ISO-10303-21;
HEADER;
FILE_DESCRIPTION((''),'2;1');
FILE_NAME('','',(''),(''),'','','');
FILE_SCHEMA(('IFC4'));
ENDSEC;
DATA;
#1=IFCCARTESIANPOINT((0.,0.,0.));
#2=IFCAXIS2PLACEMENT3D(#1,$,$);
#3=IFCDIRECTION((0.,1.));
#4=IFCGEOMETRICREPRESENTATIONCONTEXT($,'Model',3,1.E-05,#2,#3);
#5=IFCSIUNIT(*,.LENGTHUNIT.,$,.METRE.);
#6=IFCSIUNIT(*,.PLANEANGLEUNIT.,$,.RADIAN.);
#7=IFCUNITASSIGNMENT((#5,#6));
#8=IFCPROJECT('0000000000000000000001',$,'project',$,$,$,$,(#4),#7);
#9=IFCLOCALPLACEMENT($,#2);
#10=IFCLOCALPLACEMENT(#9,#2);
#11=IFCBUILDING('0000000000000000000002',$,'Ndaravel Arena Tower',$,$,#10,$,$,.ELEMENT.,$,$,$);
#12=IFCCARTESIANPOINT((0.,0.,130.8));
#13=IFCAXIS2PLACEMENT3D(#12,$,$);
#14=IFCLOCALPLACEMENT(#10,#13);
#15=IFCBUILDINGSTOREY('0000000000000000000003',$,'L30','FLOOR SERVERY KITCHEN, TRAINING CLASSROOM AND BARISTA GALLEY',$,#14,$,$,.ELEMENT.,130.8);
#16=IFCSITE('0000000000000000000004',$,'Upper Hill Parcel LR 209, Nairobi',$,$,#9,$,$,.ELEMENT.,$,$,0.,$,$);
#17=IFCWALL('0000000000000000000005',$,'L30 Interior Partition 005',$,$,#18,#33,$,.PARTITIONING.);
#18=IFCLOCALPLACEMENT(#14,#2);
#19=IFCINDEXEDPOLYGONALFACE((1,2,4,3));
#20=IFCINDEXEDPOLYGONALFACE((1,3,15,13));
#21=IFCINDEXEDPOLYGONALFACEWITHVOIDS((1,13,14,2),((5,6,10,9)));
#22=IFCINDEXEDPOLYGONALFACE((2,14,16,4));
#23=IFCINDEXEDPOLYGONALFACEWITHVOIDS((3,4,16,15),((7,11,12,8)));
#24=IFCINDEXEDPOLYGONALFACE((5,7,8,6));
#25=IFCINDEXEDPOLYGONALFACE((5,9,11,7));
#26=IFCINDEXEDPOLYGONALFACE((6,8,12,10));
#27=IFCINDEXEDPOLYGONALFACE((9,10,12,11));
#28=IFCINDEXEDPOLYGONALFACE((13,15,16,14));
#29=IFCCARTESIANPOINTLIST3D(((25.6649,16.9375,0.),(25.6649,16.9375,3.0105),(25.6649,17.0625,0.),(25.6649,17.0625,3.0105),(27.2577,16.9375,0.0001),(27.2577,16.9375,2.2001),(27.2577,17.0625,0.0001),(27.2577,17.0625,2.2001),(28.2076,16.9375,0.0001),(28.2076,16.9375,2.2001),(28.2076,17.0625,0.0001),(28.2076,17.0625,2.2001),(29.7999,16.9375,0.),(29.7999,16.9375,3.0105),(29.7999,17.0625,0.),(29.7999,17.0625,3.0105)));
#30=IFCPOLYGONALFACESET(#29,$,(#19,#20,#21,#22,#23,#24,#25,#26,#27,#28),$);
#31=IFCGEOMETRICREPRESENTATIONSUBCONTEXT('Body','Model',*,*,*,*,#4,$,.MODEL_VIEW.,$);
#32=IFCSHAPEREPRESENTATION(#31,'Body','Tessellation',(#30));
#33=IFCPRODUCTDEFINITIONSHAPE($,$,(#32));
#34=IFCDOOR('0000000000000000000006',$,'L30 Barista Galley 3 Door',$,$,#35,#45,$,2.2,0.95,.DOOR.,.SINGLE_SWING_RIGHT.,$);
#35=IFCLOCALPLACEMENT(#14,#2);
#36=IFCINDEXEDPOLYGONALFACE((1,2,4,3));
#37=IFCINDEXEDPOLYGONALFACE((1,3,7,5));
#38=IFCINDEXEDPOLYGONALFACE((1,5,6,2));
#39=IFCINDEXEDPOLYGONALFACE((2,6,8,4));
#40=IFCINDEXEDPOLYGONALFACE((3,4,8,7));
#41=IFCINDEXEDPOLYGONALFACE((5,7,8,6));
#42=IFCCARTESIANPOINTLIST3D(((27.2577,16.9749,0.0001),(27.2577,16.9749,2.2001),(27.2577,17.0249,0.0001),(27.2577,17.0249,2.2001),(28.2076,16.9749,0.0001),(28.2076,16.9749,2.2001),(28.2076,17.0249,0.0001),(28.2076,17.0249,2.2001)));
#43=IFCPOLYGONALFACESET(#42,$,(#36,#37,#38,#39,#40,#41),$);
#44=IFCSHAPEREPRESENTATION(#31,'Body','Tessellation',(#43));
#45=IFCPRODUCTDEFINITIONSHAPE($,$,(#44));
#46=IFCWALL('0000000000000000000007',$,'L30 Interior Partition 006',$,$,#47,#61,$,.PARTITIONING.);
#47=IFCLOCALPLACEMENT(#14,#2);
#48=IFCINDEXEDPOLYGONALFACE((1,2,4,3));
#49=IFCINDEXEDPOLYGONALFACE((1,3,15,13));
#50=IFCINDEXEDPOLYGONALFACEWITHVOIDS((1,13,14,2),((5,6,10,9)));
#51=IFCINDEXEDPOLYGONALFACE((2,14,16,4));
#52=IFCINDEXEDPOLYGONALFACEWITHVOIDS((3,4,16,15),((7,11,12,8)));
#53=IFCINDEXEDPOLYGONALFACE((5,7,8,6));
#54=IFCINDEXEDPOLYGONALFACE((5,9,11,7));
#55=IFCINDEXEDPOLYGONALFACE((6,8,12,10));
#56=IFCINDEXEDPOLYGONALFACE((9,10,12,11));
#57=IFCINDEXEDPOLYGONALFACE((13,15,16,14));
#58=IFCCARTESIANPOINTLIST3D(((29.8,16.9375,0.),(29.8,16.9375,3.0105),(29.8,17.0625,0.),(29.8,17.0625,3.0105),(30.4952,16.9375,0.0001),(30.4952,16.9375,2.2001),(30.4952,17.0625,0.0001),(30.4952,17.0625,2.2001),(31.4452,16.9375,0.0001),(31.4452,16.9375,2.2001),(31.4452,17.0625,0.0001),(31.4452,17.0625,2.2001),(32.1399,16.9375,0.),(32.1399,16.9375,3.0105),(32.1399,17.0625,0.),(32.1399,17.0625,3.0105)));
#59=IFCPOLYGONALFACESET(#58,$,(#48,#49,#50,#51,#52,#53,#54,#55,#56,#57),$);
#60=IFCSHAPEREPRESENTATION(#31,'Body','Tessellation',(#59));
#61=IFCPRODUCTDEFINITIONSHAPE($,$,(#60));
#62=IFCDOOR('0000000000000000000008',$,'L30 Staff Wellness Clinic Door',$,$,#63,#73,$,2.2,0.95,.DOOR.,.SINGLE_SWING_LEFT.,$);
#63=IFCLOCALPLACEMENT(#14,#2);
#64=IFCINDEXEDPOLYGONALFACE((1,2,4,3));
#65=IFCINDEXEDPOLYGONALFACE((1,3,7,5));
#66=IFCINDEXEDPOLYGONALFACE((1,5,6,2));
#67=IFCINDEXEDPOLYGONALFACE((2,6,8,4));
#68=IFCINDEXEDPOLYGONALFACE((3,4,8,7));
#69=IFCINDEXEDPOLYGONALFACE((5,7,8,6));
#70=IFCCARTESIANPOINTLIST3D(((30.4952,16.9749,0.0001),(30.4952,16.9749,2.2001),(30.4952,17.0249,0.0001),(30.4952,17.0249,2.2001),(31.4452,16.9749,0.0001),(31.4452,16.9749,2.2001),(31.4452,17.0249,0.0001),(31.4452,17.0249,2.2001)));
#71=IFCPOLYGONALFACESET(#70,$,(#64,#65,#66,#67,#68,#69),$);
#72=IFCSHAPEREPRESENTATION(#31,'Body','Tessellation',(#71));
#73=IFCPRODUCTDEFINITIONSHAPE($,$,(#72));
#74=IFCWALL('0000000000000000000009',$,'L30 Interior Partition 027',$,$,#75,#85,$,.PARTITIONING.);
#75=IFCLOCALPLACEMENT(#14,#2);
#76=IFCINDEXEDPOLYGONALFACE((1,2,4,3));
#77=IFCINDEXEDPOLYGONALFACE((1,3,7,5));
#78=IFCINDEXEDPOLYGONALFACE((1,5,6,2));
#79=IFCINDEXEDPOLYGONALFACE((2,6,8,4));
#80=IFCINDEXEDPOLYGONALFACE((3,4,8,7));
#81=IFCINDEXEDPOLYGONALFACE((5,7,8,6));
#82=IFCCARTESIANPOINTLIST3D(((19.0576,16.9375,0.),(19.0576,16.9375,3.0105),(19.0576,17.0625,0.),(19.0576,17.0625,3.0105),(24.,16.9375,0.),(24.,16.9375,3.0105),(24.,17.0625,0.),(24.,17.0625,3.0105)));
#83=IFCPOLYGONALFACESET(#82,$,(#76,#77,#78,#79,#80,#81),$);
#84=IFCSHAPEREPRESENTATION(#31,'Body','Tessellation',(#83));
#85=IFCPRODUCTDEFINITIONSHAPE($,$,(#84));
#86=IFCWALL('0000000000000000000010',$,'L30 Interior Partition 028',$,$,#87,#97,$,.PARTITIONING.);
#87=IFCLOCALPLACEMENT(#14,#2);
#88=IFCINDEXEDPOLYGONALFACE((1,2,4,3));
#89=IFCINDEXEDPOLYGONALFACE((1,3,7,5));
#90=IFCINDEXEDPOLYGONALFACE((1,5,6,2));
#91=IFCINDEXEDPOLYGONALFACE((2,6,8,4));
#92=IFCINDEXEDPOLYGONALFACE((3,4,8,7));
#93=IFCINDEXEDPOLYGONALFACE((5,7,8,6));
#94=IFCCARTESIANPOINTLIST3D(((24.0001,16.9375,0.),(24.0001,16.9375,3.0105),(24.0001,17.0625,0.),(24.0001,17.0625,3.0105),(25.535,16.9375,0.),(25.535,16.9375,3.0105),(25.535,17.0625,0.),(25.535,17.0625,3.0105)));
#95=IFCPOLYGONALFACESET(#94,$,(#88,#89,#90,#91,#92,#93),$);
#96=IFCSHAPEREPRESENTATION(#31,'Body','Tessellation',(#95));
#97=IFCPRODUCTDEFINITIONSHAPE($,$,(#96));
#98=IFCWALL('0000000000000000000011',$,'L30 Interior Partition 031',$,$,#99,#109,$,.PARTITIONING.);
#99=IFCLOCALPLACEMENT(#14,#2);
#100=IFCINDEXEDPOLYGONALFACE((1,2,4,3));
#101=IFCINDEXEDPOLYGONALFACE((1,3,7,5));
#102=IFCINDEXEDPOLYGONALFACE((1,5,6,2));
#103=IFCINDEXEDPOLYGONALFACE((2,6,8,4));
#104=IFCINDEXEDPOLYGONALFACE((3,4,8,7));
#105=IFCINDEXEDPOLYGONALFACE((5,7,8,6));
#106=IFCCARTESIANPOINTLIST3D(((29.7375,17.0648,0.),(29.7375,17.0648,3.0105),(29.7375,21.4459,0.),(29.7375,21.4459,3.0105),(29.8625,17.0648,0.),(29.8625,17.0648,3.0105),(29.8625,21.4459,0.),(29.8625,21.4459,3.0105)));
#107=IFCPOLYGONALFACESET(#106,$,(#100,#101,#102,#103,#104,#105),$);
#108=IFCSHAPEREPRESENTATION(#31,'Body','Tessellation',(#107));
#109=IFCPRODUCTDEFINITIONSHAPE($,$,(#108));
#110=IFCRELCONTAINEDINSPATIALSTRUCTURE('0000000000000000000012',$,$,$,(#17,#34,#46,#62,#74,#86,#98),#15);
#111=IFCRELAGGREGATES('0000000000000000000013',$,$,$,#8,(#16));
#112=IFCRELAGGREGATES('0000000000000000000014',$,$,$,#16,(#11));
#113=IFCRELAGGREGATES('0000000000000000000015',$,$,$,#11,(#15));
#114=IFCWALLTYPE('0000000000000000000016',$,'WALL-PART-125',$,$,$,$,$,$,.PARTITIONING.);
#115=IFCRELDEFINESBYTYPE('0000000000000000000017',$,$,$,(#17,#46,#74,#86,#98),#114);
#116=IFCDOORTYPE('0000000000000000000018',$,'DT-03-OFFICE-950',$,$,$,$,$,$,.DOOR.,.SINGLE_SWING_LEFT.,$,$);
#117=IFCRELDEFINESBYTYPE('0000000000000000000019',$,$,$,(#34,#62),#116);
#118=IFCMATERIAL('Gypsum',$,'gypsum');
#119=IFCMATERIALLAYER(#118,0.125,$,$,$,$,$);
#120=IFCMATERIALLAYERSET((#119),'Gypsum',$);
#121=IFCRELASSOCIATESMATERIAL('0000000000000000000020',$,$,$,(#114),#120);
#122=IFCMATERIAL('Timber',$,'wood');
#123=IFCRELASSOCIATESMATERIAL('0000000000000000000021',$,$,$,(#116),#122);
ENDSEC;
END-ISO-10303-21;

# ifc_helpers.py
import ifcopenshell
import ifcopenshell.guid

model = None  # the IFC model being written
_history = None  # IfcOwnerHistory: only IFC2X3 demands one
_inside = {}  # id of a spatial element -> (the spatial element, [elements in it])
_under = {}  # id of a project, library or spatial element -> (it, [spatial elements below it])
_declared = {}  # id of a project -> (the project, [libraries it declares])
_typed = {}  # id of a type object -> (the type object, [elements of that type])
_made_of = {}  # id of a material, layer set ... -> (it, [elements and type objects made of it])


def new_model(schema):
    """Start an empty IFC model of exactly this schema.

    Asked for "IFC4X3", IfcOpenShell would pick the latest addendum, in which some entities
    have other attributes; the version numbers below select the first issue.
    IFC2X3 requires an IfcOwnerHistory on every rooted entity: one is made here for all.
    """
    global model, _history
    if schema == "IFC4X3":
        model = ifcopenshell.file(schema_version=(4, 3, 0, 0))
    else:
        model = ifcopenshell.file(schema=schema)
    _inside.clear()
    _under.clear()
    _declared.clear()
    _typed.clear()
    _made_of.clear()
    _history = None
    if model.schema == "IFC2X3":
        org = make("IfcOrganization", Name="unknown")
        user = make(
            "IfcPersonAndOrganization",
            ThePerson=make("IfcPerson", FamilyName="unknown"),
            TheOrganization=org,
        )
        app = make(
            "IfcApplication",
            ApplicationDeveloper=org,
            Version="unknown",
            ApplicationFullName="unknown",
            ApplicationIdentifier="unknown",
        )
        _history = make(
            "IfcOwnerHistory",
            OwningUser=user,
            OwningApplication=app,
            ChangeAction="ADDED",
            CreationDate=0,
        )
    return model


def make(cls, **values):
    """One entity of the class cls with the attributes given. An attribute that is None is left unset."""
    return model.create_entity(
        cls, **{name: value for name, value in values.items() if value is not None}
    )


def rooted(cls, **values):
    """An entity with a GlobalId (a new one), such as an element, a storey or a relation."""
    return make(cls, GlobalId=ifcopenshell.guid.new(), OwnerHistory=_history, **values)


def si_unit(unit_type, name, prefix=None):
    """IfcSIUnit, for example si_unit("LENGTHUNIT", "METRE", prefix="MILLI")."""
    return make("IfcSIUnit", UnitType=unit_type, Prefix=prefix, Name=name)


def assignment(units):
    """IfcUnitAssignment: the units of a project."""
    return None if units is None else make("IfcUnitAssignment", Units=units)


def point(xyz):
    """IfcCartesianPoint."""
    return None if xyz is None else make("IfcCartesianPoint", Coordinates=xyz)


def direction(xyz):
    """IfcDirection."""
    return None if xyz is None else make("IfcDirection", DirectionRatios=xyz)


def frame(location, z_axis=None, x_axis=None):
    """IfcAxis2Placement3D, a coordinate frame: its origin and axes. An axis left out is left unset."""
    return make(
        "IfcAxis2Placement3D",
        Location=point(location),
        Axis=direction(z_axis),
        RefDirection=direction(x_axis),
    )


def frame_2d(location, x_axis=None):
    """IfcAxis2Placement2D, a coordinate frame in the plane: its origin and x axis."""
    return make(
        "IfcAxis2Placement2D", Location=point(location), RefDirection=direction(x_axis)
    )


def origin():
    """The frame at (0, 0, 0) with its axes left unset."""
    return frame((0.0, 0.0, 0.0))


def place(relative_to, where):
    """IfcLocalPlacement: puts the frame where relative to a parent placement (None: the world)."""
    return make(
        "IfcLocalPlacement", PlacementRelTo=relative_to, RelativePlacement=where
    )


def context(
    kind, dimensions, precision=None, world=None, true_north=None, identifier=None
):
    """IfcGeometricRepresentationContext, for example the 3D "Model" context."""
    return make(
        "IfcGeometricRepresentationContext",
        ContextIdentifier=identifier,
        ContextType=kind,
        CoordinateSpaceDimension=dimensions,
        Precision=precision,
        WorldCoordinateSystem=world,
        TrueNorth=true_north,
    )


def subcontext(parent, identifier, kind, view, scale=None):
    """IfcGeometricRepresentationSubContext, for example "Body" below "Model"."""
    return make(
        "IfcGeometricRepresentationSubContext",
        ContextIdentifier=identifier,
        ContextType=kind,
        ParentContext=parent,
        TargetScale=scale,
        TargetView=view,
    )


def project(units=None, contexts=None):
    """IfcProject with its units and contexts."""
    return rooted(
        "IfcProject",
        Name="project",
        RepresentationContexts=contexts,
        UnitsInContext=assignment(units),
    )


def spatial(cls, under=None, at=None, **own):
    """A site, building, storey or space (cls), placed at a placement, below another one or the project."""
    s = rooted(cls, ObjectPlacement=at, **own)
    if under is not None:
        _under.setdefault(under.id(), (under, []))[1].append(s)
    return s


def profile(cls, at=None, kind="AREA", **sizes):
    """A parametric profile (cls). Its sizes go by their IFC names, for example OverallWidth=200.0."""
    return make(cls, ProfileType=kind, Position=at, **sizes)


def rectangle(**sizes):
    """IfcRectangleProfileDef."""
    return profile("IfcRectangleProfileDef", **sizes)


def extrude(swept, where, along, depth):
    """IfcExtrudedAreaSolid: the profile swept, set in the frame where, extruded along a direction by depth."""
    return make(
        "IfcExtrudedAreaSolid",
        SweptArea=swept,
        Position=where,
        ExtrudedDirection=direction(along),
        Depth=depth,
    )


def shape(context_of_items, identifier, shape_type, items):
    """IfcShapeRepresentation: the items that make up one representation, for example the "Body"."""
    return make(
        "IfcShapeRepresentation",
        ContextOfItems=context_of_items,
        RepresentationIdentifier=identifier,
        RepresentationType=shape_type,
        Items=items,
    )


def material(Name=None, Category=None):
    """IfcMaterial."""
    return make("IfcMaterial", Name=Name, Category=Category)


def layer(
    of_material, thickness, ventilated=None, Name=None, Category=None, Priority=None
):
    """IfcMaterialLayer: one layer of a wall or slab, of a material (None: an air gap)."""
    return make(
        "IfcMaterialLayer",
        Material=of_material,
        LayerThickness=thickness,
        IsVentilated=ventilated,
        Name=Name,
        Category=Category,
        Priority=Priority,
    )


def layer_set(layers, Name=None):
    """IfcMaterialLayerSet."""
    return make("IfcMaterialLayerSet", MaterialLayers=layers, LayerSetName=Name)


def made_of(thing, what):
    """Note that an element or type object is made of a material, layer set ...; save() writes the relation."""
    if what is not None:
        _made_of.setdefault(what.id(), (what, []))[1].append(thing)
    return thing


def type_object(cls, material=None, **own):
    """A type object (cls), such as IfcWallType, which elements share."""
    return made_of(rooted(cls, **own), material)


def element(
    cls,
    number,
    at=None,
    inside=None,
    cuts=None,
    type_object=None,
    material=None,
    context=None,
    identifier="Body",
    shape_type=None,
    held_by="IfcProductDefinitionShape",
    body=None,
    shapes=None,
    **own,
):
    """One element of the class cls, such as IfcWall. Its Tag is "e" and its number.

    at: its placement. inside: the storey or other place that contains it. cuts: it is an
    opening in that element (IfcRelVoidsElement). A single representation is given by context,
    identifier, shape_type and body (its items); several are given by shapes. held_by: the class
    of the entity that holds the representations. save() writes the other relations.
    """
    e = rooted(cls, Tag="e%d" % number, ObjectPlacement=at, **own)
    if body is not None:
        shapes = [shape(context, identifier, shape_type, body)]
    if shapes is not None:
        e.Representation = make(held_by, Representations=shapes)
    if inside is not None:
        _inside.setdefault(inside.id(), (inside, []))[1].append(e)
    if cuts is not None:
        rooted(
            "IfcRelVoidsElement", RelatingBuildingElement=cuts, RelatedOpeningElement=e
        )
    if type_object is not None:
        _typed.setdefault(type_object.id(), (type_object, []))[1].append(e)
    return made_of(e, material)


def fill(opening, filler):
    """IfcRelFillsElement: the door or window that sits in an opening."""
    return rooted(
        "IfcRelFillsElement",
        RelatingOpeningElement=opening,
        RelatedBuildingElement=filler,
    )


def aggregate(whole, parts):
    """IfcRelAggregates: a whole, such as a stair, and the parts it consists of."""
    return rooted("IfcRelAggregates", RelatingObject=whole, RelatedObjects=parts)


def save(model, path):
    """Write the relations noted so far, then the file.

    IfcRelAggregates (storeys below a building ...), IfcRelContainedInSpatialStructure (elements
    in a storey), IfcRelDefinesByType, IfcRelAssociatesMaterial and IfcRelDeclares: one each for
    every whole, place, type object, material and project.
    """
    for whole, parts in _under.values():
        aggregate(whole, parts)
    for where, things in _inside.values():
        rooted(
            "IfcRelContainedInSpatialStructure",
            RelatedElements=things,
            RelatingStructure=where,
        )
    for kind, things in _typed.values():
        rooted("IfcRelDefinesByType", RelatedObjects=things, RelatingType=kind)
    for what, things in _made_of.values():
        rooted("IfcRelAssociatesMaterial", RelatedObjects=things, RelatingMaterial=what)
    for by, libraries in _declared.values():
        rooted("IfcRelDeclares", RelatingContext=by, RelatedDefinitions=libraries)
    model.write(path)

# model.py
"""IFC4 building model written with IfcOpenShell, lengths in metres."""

from ifc_helpers import new_model, si_unit, direction, frame, frame_2d, origin, place, context, subcontext, project, spatial, rectangle, extrude, material, layer, layer_set, type_object, element, fill, save


model = new_model("IFC4")

# Units and contexts
model_context = context("Model", 3, precision=1e-05, world=origin(), true_north=direction((0.0, 1.0)))
body_context = subcontext(model_context, "Body", "Model", "MODEL_VIEW")
ifc_project = project(units=[si_unit("LENGTHUNIT", "METRE"), si_unit("PLANEANGLEUNIT", "RADIAN")], contexts=[model_context])

# Site, building, storey
site_placement = place(None, origin())
site = spatial("IfcSite", under=ifc_project, at=site_placement, Name="Upper Hill Parcel LR 209, Nairobi", CompositionType="ELEMENT", RefElevation=0.0)
building_placement = place(site_placement, origin())
building = spatial("IfcBuilding", under=site, at=building_placement, Name="Ndaravel Arena Tower", CompositionType="ELEMENT")
storey_placement = place(building_placement, frame((0.0, 0.0, 130.8)))
storey = spatial("IfcBuildingStorey", under=building, at=storey_placement, Name="L30", Description="FLOOR SERVERY KITCHEN, TRAINING CLASSROOM AND BARISTA GALLEY", CompositionType="ELEMENT", Elevation=130.8)

# Walls, openings, doors
ifc_material_1 = material(Name="Gypsum", Category="gypsum")
ifc_layer_1 = layer(ifc_material_1, 0.125)
ifc_layer_set_1 = layer_set([ifc_layer_1], Name="Gypsum")
wall_type = type_object("IfcWallType", Name="WALL-PART-125", PredefinedType="PARTITIONING", material=ifc_layer_set_1)
ifc_material_2 = material(Name="Timber", Category="wood")
door_type = type_object("IfcDoorType", Name="DT-03-OFFICE-950", OperationType="SINGLE_SWING_LEFT", PredefinedType="DOOR", material=ifc_material_2)
wall_1_placement = place(storey_placement, frame((25.665, 17.0, 0.0), z_axis=(0.0, 0.0, 1.0), x_axis=(1.0, 0.0, 0.0)))
wall_1 = element("IfcWall", 1, at=wall_1_placement, inside=storey, type_object=wall_type, Name="L30 Interior Partition 005", PredefinedType="PARTITIONING", context=body_context, shape_type="SweptSolid", body=[
    extrude(rectangle(XDim=4.135, YDim=0.125, at=frame_2d((2.0674, 0.0))), origin(), (0.0, 0.0, 1.0), 3.0105),
])
opening_1_placement = place(wall_1_placement, frame((1.5925, 0.0, 0.0)))
opening_1 = element("IfcOpeningElement", 2, at=opening_1_placement, cuts=wall_1, PredefinedType="OPENING", context=body_context, shape_type="SweptSolid", body=[
    extrude(rectangle(XDim=0.95, YDim=2.2, at=frame_2d((0.4751, 1.1001))), frame((0.0, 0.0625, 0.0), z_axis=(0.0, -1.0, 0.0), x_axis=(1.0, 0.0, 0.0)), (0.0, 0.0, 1.0), 0.125),
])
door_1_placement = place(opening_1_placement, origin())
door_1 = element("IfcDoor", 3, at=door_1_placement, inside=storey, type_object=door_type, Name="L30 Barista Galley 3 Door", OperationType="SINGLE_SWING_RIGHT", OverallHeight=2.2, OverallWidth=0.95, PredefinedType="DOOR", context=body_context, shape_type="SweptSolid", body=[
    extrude(rectangle(XDim=0.95, YDim=2.2, at=frame_2d((0.4751, 1.1001))), frame((0.0, 0.0249, 0.0), z_axis=(0.0, -1.0, 0.0), x_axis=(1.0, 0.0, 0.0)), (0.0, 0.0, 1.0), 0.05),
])
fill(opening_1, door_1)
wall_2_placement = place(storey_placement, frame((29.8, 17.0, 0.0), z_axis=(0.0, 0.0, 1.0), x_axis=(1.0, 0.0, 0.0)))
wall_2 = element("IfcWall", 4, at=wall_2_placement, inside=storey, type_object=wall_type, Name="L30 Interior Partition 006", PredefinedType="PARTITIONING", context=body_context, shape_type="SweptSolid", body=[
    extrude(rectangle(XDim=2.3398, YDim=0.125, at=frame_2d((1.1699, 0.0))), origin(), (0.0, 0.0, 1.0), 3.0105),
])
opening_2_placement = place(wall_2_placement, frame((0.6951, 0.0, 0.0)))
opening_2 = element("IfcOpeningElement", 5, at=opening_2_placement, cuts=wall_2, PredefinedType="OPENING", context=body_context, shape_type="SweptSolid", body=[
    extrude(rectangle(XDim=0.95, YDim=2.2, at=frame_2d((0.4751, 1.1001))), frame((0.0, 0.0625, 0.0), z_axis=(0.0, -1.0, 0.0), x_axis=(1.0, 0.0, 0.0)), (0.0, 0.0, 1.0), 0.125),
])
door_2_placement = place(opening_2_placement, origin())
door_2 = element("IfcDoor", 6, at=door_2_placement, inside=storey, type_object=door_type, Name="L30 Staff Wellness Clinic Door", OperationType="SINGLE_SWING_LEFT", OverallHeight=2.2, OverallWidth=0.95, PredefinedType="DOOR", context=body_context, shape_type="SweptSolid", body=[
    extrude(rectangle(XDim=0.95, YDim=2.2, at=frame_2d((0.4751, 1.1001))), frame((0.0, 0.0249, 0.0), z_axis=(0.0, -1.0, 0.0), x_axis=(1.0, 0.0, 0.0)), (0.0, 0.0, 1.0), 0.05),
])
fill(opening_2, door_2)

# Walls
wall_3_placement = place(storey_placement, frame((19.0576, 17.0, 0.0), z_axis=(0.0, 0.0, 1.0), x_axis=(1.0, 0.0, 0.0)))
element("IfcWall", 7, at=wall_3_placement, inside=storey, type_object=wall_type, Name="L30 Interior Partition 027", PredefinedType="PARTITIONING", context=body_context, shape_type="SweptSolid", body=[
    extrude(rectangle(XDim=4.9424, YDim=0.125, at=frame_2d((2.4712, 0.0))), origin(), (0.0, 0.0, 1.0), 3.0105),
])
wall_4_placement = place(storey_placement, frame((24.0, 17.0, 0.0), z_axis=(0.0, 0.0, 1.0), x_axis=(1.0, 0.0, 0.0)))
element("IfcWall", 8, at=wall_4_placement, inside=storey, type_object=wall_type, Name="L30 Interior Partition 028", PredefinedType="PARTITIONING", context=body_context, shape_type="SweptSolid", body=[
    extrude(rectangle(XDim=1.5349, YDim=0.125, at=frame_2d((0.7676, 0.0))), origin(), (0.0, 0.0, 1.0), 3.0105),
])
wall_5_placement = place(storey_placement, frame((29.8, 17.0649, 0.0), z_axis=(0.0, 0.0, 1.0), x_axis=(0.0, 1.0, 0.0)))
element("IfcWall", 9, at=wall_5_placement, inside=storey, type_object=wall_type, Name="L30 Interior Partition 031", PredefinedType="PARTITIONING", context=body_context, shape_type="SweptSolid", body=[
    extrude(rectangle(XDim=4.3811, YDim=0.125, at=frame_2d((2.1904, 0.0))), origin(), (0.0, 0.0, 1.0), 3.0105),
])

save(model, "model.ifc")
